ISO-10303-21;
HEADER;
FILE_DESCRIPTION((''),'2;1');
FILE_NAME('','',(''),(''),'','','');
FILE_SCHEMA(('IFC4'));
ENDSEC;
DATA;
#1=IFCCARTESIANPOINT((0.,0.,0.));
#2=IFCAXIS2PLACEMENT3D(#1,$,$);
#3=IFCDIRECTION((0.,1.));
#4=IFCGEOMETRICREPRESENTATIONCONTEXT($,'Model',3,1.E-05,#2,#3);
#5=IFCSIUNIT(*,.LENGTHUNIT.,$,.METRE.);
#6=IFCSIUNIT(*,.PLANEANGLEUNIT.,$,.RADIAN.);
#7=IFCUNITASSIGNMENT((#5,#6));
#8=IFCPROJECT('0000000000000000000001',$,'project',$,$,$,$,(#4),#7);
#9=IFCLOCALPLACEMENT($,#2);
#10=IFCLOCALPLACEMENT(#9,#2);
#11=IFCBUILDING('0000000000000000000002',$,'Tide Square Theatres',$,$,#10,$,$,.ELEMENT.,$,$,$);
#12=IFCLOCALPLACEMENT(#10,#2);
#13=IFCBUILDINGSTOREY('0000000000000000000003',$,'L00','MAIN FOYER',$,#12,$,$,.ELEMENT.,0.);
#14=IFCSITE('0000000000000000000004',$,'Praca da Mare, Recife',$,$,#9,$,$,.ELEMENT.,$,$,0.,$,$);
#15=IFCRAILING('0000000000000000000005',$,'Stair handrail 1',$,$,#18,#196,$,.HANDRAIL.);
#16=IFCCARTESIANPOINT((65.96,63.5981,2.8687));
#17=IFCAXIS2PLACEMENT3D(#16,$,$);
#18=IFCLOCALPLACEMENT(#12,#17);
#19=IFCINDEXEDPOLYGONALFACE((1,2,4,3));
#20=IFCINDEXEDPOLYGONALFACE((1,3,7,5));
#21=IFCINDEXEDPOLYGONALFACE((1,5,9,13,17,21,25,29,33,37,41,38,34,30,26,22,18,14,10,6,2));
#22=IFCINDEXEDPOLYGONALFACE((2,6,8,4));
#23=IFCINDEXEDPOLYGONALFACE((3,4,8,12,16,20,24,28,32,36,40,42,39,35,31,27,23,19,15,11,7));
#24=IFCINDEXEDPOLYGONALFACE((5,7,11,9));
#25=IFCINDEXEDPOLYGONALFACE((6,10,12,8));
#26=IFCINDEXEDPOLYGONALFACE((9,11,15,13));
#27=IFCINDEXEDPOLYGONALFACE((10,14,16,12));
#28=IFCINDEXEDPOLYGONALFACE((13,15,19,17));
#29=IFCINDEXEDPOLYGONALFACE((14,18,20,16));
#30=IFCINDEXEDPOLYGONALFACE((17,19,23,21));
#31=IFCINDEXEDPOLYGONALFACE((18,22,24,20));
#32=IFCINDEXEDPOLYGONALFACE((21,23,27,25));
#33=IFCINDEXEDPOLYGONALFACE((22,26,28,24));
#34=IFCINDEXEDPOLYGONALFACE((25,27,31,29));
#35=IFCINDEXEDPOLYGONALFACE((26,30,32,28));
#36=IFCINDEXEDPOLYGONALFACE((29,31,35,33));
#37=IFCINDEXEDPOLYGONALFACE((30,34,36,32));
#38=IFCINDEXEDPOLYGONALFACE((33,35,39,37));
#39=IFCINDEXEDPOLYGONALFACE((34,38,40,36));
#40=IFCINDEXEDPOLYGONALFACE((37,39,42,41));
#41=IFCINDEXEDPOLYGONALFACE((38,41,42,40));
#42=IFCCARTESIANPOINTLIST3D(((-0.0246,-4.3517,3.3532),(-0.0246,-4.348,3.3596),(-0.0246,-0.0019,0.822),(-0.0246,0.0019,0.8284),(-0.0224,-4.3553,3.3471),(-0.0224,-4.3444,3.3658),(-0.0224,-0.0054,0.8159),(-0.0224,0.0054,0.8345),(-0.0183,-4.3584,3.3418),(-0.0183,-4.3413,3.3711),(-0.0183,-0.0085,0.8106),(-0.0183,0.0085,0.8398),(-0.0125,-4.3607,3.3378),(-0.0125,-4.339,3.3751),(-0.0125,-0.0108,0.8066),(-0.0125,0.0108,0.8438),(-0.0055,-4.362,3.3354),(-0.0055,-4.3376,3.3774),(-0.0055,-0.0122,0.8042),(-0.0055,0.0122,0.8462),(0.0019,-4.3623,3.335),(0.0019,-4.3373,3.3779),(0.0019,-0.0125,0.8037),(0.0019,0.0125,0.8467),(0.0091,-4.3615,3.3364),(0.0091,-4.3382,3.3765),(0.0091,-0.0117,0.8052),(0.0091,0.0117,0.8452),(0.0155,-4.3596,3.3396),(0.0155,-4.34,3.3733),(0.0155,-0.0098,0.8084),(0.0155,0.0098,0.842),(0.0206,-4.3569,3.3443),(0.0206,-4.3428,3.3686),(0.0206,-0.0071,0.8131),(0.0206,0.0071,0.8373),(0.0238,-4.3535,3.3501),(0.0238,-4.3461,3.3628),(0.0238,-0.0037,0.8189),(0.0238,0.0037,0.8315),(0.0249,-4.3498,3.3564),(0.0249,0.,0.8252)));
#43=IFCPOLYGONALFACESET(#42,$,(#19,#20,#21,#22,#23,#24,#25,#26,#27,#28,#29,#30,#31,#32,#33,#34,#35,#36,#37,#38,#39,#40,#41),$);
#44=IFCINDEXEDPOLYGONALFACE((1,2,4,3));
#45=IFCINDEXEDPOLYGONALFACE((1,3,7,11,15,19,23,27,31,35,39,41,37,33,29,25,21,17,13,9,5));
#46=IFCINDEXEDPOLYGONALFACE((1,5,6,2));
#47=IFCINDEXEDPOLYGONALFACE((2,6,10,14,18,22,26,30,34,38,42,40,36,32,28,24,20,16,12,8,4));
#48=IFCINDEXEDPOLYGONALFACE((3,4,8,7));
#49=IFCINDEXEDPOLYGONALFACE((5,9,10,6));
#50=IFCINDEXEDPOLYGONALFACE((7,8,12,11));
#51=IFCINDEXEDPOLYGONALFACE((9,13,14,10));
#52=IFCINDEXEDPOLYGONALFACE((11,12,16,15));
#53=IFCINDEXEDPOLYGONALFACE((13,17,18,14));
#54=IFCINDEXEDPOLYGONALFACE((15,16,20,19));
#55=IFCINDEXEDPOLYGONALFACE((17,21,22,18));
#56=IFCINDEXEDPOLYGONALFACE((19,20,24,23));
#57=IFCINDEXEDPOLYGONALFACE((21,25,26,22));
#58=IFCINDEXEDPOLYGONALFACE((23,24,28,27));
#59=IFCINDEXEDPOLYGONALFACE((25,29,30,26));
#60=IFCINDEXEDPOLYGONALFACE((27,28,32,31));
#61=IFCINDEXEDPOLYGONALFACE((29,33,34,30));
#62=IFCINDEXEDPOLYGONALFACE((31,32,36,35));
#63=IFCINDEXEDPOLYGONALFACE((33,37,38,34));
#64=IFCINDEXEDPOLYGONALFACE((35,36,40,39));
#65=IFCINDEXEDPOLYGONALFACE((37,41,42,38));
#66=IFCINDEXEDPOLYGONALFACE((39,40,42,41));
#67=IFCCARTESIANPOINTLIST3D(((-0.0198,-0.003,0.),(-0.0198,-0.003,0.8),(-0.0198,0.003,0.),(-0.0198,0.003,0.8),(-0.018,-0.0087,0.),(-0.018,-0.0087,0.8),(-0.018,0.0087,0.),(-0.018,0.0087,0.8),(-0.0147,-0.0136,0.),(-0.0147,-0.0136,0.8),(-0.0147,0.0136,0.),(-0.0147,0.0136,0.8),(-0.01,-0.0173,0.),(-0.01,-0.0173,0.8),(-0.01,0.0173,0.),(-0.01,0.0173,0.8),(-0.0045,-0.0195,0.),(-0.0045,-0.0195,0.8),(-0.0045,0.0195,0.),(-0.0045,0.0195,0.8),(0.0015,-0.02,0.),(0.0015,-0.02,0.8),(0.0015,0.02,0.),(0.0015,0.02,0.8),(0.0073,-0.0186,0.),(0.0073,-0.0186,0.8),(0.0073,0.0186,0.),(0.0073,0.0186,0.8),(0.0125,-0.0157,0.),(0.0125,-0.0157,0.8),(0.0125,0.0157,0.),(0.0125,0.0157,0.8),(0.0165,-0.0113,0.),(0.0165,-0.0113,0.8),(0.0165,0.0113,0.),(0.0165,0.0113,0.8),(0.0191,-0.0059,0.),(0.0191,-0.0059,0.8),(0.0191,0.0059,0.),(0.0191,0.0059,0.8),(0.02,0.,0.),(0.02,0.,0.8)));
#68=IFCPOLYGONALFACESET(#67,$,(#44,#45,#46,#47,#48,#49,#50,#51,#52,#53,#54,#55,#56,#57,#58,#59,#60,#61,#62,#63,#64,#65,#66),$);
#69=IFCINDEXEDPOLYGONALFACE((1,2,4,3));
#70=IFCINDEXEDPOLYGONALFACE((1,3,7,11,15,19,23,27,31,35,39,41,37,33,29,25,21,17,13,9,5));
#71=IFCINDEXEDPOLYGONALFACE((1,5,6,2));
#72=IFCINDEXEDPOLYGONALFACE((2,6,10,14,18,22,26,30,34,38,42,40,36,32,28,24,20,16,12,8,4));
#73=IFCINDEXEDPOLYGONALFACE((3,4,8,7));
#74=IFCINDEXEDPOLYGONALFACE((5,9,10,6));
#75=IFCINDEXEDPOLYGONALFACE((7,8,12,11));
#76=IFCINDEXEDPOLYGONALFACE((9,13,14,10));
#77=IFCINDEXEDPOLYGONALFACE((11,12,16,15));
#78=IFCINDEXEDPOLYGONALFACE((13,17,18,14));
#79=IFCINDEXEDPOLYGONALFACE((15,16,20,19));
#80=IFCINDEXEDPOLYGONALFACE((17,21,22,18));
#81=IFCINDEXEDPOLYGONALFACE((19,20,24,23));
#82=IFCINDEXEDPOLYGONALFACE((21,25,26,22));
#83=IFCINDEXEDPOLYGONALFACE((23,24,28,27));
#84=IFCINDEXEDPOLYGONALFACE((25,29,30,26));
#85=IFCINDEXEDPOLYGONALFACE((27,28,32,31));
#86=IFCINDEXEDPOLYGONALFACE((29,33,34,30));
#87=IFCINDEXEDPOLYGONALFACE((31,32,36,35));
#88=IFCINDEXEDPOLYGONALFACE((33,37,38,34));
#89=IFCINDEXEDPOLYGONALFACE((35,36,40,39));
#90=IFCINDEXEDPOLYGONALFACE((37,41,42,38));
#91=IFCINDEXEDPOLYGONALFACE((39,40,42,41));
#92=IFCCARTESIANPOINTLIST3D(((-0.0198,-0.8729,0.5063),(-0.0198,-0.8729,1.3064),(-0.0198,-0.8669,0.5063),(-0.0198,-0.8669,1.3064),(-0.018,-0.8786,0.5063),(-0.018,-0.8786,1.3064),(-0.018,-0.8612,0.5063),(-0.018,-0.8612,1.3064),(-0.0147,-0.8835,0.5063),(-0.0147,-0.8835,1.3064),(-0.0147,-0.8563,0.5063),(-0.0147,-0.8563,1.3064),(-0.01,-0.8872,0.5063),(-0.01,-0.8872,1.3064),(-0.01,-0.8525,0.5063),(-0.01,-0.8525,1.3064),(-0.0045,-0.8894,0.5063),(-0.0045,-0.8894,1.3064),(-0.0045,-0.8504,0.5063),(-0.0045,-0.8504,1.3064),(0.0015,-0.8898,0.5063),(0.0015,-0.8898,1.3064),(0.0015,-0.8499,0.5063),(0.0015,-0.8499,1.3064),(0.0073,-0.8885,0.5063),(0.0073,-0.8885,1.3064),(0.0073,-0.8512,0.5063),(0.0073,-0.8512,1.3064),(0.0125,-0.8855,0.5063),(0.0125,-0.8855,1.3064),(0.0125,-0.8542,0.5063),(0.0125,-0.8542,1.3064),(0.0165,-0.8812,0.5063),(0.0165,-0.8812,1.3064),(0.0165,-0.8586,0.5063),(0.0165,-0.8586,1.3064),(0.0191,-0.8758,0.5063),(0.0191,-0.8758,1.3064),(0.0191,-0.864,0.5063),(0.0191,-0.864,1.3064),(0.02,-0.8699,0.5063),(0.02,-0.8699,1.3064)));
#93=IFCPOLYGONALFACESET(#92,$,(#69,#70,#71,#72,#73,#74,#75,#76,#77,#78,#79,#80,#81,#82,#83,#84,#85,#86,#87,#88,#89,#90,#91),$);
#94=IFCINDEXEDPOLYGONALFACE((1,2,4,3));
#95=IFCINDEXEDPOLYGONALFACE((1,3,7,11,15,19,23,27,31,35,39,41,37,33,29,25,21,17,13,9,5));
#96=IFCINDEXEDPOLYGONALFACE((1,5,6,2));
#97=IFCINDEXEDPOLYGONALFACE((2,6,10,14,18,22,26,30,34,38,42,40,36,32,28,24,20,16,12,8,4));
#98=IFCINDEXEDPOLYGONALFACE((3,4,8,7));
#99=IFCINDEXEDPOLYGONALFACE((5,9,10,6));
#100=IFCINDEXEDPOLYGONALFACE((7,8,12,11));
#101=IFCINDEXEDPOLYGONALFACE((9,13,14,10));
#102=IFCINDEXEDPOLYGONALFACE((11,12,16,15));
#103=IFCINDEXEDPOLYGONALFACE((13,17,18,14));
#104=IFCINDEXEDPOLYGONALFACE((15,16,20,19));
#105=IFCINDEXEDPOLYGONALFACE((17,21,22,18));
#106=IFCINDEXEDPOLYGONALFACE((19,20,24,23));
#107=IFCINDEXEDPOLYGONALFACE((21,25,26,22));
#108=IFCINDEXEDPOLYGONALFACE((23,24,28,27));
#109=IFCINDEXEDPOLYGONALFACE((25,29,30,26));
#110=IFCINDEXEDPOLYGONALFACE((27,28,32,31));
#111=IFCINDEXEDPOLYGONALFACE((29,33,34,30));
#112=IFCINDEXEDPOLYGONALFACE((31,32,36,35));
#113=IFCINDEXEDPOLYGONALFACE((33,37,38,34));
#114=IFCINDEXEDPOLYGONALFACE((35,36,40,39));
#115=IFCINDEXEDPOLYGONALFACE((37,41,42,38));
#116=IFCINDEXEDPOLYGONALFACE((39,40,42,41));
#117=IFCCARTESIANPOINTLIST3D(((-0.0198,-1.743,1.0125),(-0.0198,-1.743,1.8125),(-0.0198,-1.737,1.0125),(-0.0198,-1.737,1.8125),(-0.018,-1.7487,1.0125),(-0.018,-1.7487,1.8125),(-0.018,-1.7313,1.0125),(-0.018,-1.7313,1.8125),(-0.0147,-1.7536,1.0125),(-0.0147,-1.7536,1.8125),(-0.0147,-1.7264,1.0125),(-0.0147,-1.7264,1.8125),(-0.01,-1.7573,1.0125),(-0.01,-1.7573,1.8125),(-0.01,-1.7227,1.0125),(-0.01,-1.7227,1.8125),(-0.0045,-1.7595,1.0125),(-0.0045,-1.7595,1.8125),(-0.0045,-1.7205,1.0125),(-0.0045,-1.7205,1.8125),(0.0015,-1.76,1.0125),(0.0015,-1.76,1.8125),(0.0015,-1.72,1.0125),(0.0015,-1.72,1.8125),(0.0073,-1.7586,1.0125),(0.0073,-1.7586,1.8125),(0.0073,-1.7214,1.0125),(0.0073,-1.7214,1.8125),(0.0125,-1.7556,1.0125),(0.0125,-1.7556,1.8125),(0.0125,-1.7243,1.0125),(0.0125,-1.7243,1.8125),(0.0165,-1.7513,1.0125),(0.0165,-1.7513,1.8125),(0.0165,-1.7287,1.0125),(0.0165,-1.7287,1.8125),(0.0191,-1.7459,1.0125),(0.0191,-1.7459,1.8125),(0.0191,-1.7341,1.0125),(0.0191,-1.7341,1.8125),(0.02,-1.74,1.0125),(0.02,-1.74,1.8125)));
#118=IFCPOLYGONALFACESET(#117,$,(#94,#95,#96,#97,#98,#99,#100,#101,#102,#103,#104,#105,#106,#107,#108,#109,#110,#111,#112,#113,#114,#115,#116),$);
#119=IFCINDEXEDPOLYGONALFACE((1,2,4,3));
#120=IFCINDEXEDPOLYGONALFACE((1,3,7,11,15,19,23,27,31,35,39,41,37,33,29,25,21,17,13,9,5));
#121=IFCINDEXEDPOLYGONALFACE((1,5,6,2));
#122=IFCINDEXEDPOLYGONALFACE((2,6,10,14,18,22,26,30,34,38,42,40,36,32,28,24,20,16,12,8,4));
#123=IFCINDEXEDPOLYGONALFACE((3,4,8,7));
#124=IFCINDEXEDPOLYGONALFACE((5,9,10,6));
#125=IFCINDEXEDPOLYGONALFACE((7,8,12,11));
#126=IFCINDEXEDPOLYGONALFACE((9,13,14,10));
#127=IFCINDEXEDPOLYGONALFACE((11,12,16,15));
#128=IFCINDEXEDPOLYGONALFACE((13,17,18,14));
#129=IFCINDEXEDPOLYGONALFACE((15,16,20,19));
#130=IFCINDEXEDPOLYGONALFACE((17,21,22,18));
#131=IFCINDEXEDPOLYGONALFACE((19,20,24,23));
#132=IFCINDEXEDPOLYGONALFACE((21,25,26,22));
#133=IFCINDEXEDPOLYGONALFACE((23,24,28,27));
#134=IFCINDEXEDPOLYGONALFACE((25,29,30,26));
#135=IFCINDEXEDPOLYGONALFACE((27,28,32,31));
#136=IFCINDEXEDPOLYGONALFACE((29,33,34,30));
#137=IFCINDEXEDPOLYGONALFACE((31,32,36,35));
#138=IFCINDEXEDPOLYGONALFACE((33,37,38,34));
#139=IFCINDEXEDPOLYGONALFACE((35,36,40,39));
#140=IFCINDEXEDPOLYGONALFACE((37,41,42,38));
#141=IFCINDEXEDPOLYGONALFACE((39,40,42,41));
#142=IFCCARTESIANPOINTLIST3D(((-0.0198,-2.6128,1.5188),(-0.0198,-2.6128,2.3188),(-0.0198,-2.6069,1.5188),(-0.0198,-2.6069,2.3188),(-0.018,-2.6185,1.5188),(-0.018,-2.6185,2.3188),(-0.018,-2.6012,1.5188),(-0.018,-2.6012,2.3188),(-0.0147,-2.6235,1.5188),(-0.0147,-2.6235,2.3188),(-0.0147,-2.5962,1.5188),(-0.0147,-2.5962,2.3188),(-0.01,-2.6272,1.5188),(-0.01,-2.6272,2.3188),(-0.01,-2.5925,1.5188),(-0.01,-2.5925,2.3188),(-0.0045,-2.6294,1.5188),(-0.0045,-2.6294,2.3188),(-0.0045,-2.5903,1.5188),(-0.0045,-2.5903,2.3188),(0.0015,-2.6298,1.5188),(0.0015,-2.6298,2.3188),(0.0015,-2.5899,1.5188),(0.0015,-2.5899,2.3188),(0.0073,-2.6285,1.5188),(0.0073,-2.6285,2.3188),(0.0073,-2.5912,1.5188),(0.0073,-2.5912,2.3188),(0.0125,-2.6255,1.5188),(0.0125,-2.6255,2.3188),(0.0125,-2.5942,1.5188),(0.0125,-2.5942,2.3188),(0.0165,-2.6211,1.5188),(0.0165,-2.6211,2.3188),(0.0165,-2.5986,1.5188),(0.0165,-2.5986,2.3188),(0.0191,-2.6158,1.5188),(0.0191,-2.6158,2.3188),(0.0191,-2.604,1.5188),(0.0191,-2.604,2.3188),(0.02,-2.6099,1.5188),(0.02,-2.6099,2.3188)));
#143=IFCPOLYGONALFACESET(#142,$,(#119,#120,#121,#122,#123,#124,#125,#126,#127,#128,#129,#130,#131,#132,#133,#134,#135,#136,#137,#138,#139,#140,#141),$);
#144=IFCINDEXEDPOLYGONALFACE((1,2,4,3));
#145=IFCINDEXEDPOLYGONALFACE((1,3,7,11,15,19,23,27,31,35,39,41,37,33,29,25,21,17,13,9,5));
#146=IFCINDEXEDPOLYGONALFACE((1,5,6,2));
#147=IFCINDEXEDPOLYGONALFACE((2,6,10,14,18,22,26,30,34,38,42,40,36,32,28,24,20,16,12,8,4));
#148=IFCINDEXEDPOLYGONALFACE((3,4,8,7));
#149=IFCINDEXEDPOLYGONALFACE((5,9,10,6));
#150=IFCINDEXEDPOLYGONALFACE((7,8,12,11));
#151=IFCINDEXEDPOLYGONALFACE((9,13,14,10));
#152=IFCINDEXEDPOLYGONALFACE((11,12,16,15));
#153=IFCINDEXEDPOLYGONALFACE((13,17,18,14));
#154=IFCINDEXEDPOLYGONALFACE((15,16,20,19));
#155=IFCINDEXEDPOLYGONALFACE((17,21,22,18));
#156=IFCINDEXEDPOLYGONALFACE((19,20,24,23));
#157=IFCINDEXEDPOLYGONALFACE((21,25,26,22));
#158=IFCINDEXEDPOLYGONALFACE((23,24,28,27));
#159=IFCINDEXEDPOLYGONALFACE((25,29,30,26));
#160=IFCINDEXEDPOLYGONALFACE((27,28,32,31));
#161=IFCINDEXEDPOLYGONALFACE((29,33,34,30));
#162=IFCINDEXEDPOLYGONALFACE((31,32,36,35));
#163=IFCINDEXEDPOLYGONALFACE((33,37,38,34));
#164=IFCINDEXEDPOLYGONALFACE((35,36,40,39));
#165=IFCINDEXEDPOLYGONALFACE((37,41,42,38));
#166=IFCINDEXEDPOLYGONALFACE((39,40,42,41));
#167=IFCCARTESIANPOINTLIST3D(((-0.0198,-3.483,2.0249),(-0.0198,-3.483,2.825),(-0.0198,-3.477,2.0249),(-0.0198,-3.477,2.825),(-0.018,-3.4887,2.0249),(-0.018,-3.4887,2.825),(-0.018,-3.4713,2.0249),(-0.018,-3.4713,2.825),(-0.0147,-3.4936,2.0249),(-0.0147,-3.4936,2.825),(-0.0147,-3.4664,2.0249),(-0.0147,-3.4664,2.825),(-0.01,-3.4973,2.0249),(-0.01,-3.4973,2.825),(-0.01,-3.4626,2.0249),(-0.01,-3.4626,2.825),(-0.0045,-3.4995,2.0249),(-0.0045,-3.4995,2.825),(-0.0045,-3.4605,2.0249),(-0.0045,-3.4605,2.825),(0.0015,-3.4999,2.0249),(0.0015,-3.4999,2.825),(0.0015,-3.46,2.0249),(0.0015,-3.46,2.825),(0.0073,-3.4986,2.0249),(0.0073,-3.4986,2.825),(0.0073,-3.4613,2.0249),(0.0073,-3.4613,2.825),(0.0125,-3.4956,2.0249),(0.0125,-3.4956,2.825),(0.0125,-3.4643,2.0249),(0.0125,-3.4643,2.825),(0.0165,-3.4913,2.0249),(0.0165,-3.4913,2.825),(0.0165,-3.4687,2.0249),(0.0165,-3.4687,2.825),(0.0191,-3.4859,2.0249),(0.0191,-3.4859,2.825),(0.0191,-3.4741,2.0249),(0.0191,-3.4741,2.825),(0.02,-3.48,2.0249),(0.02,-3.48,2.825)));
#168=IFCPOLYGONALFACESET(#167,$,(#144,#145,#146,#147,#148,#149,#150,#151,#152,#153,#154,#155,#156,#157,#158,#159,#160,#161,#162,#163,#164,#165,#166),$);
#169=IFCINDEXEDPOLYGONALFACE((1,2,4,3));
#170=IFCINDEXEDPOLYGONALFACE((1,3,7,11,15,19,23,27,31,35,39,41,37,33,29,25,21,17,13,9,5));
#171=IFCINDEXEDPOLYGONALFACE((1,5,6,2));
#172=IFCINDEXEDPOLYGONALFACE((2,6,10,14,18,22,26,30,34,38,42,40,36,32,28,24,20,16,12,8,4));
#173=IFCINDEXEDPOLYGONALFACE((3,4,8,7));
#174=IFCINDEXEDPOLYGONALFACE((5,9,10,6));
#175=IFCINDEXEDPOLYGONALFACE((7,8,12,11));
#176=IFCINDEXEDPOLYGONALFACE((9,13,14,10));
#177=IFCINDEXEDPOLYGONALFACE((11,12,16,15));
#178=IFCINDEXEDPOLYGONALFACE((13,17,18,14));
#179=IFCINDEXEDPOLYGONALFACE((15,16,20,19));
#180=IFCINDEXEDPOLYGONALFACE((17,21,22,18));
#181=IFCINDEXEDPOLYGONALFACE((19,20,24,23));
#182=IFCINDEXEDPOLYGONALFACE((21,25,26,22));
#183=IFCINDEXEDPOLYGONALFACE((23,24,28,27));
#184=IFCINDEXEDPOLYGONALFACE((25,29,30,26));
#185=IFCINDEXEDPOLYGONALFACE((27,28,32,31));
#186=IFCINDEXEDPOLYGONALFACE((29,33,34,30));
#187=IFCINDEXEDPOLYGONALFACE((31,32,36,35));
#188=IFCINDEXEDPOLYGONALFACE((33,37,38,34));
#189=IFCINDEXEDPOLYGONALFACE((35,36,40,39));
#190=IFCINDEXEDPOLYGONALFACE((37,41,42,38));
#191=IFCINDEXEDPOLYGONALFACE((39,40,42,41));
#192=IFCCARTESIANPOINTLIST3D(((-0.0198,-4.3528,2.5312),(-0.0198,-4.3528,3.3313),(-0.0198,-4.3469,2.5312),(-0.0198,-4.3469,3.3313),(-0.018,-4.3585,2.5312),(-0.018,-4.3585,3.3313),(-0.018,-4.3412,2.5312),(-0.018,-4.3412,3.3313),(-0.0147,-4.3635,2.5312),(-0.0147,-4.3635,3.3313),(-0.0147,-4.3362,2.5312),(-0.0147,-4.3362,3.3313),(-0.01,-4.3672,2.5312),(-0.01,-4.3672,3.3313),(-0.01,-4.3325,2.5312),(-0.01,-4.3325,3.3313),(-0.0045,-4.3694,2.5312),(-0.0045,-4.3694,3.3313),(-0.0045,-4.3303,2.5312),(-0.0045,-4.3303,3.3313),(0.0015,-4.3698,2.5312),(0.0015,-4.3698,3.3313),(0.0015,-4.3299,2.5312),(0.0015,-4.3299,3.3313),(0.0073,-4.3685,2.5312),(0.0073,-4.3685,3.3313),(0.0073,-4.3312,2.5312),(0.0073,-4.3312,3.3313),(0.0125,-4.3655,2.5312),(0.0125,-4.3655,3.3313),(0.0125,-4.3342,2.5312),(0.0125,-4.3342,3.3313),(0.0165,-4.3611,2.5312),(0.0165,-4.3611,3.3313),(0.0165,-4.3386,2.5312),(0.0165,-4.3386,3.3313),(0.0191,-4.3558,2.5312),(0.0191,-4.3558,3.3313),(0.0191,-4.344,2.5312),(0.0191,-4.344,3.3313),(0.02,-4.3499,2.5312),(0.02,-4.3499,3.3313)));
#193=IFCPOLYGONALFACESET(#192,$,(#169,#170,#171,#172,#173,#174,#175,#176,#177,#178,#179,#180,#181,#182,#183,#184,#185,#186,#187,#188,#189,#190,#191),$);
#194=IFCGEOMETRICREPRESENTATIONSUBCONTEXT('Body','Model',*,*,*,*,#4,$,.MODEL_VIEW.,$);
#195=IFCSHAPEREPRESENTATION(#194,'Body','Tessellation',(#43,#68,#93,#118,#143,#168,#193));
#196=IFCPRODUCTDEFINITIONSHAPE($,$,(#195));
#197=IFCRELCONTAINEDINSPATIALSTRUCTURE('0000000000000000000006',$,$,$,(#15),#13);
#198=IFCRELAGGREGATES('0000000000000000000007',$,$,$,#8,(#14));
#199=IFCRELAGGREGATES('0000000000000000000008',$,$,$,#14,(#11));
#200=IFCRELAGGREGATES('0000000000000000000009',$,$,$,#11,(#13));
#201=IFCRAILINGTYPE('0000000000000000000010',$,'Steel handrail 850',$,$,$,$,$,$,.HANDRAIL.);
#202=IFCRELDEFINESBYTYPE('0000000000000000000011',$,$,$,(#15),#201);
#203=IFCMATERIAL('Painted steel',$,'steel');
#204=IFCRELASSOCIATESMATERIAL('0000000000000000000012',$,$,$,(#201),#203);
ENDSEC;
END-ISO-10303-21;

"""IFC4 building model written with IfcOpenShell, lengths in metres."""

from ifc_helpers import new_model, si_unit, direction, frame, origin, origin_2d, place, context, subcontext, project, spatial, circle, extrude, material, type_object, element, save


model = new_model("IFC4")

# Units and contexts
model_context = context("Model", 3, precision=1e-05, world=origin(), true_north=direction((0.0, 1.0)))
body_context = subcontext(model_context, "Body", "Model", "MODEL_VIEW")
ifc_project = project(units=[si_unit("LENGTHUNIT", "METRE"), si_unit("PLANEANGLEUNIT", "RADIAN")], contexts=[model_context])

# Site, building, storey
site_placement = place(None, origin())
site = spatial("IfcSite", under=ifc_project, at=site_placement, Name="Praca da Mare, Recife", CompositionType="ELEMENT", RefElevation=0.0)
building_placement = place(site_placement, origin())
building = spatial("IfcBuilding", under=site, at=building_placement, Name="Tide Square Theatres", CompositionType="ELEMENT")
storey_placement = place(building_placement, origin())
storey = spatial("IfcBuildingStorey", under=building, at=storey_placement, Name="L00", Description="MAIN FOYER", CompositionType="ELEMENT", Elevation=0.0)

# Railing
ifc_material_1 = material(Name="Painted steel", Category="steel")
railing_type = type_object("IfcRailingType", Name="Steel handrail 850", PredefinedType="HANDRAIL", material=ifc_material_1)
for number, where, name in (
    (1, (65.96, 63.5981, 2.8687), "Stair handrail 1"),
):
    element("IfcRailing", number, at=place(storey_placement, frame(where)), inside=storey, type_object=railing_type, Name=name, PredefinedType="HANDRAIL", context=body_context, shape_type="SweptSolid", body=[
        extrude(circle(Radius=0.0249, at=origin_2d()), frame((0.0, 0.0, 0.8252), z_axis=(0.0, -0.864312, 0.502957), x_axis=(1.0, 0.0, 0.0)), (0.0, 0.0, 1.0), 5.0327),
        extrude(circle(Radius=0.02, at=origin_2d()), origin(), (0.0, 0.0, 1.0), 0.8),
        extrude(circle(Radius=0.02, at=origin_2d()), frame((0.0, -0.8699, 0.5063)), (0.0, 0.0, 1.0), 0.8),
        extrude(circle(Radius=0.02, at=origin_2d()), frame((0.0, -1.74, 1.0125)), (0.0, 0.0, 1.0), 0.8),
        extrude(circle(Radius=0.02, at=origin_2d()), frame((0.0, -2.6099, 1.5188)), (0.0, 0.0, 1.0), 0.8),
        extrude(circle(Radius=0.02, at=origin_2d()), frame((0.0, -3.48, 2.0249)), (0.0, 0.0, 1.0), 0.8),
        extrude(circle(Radius=0.02, at=origin_2d()), frame((0.0, -4.3499, 2.5312)), (0.0, 0.0, 1.0), 0.8),
    ])

save(model, "model.ifc")
